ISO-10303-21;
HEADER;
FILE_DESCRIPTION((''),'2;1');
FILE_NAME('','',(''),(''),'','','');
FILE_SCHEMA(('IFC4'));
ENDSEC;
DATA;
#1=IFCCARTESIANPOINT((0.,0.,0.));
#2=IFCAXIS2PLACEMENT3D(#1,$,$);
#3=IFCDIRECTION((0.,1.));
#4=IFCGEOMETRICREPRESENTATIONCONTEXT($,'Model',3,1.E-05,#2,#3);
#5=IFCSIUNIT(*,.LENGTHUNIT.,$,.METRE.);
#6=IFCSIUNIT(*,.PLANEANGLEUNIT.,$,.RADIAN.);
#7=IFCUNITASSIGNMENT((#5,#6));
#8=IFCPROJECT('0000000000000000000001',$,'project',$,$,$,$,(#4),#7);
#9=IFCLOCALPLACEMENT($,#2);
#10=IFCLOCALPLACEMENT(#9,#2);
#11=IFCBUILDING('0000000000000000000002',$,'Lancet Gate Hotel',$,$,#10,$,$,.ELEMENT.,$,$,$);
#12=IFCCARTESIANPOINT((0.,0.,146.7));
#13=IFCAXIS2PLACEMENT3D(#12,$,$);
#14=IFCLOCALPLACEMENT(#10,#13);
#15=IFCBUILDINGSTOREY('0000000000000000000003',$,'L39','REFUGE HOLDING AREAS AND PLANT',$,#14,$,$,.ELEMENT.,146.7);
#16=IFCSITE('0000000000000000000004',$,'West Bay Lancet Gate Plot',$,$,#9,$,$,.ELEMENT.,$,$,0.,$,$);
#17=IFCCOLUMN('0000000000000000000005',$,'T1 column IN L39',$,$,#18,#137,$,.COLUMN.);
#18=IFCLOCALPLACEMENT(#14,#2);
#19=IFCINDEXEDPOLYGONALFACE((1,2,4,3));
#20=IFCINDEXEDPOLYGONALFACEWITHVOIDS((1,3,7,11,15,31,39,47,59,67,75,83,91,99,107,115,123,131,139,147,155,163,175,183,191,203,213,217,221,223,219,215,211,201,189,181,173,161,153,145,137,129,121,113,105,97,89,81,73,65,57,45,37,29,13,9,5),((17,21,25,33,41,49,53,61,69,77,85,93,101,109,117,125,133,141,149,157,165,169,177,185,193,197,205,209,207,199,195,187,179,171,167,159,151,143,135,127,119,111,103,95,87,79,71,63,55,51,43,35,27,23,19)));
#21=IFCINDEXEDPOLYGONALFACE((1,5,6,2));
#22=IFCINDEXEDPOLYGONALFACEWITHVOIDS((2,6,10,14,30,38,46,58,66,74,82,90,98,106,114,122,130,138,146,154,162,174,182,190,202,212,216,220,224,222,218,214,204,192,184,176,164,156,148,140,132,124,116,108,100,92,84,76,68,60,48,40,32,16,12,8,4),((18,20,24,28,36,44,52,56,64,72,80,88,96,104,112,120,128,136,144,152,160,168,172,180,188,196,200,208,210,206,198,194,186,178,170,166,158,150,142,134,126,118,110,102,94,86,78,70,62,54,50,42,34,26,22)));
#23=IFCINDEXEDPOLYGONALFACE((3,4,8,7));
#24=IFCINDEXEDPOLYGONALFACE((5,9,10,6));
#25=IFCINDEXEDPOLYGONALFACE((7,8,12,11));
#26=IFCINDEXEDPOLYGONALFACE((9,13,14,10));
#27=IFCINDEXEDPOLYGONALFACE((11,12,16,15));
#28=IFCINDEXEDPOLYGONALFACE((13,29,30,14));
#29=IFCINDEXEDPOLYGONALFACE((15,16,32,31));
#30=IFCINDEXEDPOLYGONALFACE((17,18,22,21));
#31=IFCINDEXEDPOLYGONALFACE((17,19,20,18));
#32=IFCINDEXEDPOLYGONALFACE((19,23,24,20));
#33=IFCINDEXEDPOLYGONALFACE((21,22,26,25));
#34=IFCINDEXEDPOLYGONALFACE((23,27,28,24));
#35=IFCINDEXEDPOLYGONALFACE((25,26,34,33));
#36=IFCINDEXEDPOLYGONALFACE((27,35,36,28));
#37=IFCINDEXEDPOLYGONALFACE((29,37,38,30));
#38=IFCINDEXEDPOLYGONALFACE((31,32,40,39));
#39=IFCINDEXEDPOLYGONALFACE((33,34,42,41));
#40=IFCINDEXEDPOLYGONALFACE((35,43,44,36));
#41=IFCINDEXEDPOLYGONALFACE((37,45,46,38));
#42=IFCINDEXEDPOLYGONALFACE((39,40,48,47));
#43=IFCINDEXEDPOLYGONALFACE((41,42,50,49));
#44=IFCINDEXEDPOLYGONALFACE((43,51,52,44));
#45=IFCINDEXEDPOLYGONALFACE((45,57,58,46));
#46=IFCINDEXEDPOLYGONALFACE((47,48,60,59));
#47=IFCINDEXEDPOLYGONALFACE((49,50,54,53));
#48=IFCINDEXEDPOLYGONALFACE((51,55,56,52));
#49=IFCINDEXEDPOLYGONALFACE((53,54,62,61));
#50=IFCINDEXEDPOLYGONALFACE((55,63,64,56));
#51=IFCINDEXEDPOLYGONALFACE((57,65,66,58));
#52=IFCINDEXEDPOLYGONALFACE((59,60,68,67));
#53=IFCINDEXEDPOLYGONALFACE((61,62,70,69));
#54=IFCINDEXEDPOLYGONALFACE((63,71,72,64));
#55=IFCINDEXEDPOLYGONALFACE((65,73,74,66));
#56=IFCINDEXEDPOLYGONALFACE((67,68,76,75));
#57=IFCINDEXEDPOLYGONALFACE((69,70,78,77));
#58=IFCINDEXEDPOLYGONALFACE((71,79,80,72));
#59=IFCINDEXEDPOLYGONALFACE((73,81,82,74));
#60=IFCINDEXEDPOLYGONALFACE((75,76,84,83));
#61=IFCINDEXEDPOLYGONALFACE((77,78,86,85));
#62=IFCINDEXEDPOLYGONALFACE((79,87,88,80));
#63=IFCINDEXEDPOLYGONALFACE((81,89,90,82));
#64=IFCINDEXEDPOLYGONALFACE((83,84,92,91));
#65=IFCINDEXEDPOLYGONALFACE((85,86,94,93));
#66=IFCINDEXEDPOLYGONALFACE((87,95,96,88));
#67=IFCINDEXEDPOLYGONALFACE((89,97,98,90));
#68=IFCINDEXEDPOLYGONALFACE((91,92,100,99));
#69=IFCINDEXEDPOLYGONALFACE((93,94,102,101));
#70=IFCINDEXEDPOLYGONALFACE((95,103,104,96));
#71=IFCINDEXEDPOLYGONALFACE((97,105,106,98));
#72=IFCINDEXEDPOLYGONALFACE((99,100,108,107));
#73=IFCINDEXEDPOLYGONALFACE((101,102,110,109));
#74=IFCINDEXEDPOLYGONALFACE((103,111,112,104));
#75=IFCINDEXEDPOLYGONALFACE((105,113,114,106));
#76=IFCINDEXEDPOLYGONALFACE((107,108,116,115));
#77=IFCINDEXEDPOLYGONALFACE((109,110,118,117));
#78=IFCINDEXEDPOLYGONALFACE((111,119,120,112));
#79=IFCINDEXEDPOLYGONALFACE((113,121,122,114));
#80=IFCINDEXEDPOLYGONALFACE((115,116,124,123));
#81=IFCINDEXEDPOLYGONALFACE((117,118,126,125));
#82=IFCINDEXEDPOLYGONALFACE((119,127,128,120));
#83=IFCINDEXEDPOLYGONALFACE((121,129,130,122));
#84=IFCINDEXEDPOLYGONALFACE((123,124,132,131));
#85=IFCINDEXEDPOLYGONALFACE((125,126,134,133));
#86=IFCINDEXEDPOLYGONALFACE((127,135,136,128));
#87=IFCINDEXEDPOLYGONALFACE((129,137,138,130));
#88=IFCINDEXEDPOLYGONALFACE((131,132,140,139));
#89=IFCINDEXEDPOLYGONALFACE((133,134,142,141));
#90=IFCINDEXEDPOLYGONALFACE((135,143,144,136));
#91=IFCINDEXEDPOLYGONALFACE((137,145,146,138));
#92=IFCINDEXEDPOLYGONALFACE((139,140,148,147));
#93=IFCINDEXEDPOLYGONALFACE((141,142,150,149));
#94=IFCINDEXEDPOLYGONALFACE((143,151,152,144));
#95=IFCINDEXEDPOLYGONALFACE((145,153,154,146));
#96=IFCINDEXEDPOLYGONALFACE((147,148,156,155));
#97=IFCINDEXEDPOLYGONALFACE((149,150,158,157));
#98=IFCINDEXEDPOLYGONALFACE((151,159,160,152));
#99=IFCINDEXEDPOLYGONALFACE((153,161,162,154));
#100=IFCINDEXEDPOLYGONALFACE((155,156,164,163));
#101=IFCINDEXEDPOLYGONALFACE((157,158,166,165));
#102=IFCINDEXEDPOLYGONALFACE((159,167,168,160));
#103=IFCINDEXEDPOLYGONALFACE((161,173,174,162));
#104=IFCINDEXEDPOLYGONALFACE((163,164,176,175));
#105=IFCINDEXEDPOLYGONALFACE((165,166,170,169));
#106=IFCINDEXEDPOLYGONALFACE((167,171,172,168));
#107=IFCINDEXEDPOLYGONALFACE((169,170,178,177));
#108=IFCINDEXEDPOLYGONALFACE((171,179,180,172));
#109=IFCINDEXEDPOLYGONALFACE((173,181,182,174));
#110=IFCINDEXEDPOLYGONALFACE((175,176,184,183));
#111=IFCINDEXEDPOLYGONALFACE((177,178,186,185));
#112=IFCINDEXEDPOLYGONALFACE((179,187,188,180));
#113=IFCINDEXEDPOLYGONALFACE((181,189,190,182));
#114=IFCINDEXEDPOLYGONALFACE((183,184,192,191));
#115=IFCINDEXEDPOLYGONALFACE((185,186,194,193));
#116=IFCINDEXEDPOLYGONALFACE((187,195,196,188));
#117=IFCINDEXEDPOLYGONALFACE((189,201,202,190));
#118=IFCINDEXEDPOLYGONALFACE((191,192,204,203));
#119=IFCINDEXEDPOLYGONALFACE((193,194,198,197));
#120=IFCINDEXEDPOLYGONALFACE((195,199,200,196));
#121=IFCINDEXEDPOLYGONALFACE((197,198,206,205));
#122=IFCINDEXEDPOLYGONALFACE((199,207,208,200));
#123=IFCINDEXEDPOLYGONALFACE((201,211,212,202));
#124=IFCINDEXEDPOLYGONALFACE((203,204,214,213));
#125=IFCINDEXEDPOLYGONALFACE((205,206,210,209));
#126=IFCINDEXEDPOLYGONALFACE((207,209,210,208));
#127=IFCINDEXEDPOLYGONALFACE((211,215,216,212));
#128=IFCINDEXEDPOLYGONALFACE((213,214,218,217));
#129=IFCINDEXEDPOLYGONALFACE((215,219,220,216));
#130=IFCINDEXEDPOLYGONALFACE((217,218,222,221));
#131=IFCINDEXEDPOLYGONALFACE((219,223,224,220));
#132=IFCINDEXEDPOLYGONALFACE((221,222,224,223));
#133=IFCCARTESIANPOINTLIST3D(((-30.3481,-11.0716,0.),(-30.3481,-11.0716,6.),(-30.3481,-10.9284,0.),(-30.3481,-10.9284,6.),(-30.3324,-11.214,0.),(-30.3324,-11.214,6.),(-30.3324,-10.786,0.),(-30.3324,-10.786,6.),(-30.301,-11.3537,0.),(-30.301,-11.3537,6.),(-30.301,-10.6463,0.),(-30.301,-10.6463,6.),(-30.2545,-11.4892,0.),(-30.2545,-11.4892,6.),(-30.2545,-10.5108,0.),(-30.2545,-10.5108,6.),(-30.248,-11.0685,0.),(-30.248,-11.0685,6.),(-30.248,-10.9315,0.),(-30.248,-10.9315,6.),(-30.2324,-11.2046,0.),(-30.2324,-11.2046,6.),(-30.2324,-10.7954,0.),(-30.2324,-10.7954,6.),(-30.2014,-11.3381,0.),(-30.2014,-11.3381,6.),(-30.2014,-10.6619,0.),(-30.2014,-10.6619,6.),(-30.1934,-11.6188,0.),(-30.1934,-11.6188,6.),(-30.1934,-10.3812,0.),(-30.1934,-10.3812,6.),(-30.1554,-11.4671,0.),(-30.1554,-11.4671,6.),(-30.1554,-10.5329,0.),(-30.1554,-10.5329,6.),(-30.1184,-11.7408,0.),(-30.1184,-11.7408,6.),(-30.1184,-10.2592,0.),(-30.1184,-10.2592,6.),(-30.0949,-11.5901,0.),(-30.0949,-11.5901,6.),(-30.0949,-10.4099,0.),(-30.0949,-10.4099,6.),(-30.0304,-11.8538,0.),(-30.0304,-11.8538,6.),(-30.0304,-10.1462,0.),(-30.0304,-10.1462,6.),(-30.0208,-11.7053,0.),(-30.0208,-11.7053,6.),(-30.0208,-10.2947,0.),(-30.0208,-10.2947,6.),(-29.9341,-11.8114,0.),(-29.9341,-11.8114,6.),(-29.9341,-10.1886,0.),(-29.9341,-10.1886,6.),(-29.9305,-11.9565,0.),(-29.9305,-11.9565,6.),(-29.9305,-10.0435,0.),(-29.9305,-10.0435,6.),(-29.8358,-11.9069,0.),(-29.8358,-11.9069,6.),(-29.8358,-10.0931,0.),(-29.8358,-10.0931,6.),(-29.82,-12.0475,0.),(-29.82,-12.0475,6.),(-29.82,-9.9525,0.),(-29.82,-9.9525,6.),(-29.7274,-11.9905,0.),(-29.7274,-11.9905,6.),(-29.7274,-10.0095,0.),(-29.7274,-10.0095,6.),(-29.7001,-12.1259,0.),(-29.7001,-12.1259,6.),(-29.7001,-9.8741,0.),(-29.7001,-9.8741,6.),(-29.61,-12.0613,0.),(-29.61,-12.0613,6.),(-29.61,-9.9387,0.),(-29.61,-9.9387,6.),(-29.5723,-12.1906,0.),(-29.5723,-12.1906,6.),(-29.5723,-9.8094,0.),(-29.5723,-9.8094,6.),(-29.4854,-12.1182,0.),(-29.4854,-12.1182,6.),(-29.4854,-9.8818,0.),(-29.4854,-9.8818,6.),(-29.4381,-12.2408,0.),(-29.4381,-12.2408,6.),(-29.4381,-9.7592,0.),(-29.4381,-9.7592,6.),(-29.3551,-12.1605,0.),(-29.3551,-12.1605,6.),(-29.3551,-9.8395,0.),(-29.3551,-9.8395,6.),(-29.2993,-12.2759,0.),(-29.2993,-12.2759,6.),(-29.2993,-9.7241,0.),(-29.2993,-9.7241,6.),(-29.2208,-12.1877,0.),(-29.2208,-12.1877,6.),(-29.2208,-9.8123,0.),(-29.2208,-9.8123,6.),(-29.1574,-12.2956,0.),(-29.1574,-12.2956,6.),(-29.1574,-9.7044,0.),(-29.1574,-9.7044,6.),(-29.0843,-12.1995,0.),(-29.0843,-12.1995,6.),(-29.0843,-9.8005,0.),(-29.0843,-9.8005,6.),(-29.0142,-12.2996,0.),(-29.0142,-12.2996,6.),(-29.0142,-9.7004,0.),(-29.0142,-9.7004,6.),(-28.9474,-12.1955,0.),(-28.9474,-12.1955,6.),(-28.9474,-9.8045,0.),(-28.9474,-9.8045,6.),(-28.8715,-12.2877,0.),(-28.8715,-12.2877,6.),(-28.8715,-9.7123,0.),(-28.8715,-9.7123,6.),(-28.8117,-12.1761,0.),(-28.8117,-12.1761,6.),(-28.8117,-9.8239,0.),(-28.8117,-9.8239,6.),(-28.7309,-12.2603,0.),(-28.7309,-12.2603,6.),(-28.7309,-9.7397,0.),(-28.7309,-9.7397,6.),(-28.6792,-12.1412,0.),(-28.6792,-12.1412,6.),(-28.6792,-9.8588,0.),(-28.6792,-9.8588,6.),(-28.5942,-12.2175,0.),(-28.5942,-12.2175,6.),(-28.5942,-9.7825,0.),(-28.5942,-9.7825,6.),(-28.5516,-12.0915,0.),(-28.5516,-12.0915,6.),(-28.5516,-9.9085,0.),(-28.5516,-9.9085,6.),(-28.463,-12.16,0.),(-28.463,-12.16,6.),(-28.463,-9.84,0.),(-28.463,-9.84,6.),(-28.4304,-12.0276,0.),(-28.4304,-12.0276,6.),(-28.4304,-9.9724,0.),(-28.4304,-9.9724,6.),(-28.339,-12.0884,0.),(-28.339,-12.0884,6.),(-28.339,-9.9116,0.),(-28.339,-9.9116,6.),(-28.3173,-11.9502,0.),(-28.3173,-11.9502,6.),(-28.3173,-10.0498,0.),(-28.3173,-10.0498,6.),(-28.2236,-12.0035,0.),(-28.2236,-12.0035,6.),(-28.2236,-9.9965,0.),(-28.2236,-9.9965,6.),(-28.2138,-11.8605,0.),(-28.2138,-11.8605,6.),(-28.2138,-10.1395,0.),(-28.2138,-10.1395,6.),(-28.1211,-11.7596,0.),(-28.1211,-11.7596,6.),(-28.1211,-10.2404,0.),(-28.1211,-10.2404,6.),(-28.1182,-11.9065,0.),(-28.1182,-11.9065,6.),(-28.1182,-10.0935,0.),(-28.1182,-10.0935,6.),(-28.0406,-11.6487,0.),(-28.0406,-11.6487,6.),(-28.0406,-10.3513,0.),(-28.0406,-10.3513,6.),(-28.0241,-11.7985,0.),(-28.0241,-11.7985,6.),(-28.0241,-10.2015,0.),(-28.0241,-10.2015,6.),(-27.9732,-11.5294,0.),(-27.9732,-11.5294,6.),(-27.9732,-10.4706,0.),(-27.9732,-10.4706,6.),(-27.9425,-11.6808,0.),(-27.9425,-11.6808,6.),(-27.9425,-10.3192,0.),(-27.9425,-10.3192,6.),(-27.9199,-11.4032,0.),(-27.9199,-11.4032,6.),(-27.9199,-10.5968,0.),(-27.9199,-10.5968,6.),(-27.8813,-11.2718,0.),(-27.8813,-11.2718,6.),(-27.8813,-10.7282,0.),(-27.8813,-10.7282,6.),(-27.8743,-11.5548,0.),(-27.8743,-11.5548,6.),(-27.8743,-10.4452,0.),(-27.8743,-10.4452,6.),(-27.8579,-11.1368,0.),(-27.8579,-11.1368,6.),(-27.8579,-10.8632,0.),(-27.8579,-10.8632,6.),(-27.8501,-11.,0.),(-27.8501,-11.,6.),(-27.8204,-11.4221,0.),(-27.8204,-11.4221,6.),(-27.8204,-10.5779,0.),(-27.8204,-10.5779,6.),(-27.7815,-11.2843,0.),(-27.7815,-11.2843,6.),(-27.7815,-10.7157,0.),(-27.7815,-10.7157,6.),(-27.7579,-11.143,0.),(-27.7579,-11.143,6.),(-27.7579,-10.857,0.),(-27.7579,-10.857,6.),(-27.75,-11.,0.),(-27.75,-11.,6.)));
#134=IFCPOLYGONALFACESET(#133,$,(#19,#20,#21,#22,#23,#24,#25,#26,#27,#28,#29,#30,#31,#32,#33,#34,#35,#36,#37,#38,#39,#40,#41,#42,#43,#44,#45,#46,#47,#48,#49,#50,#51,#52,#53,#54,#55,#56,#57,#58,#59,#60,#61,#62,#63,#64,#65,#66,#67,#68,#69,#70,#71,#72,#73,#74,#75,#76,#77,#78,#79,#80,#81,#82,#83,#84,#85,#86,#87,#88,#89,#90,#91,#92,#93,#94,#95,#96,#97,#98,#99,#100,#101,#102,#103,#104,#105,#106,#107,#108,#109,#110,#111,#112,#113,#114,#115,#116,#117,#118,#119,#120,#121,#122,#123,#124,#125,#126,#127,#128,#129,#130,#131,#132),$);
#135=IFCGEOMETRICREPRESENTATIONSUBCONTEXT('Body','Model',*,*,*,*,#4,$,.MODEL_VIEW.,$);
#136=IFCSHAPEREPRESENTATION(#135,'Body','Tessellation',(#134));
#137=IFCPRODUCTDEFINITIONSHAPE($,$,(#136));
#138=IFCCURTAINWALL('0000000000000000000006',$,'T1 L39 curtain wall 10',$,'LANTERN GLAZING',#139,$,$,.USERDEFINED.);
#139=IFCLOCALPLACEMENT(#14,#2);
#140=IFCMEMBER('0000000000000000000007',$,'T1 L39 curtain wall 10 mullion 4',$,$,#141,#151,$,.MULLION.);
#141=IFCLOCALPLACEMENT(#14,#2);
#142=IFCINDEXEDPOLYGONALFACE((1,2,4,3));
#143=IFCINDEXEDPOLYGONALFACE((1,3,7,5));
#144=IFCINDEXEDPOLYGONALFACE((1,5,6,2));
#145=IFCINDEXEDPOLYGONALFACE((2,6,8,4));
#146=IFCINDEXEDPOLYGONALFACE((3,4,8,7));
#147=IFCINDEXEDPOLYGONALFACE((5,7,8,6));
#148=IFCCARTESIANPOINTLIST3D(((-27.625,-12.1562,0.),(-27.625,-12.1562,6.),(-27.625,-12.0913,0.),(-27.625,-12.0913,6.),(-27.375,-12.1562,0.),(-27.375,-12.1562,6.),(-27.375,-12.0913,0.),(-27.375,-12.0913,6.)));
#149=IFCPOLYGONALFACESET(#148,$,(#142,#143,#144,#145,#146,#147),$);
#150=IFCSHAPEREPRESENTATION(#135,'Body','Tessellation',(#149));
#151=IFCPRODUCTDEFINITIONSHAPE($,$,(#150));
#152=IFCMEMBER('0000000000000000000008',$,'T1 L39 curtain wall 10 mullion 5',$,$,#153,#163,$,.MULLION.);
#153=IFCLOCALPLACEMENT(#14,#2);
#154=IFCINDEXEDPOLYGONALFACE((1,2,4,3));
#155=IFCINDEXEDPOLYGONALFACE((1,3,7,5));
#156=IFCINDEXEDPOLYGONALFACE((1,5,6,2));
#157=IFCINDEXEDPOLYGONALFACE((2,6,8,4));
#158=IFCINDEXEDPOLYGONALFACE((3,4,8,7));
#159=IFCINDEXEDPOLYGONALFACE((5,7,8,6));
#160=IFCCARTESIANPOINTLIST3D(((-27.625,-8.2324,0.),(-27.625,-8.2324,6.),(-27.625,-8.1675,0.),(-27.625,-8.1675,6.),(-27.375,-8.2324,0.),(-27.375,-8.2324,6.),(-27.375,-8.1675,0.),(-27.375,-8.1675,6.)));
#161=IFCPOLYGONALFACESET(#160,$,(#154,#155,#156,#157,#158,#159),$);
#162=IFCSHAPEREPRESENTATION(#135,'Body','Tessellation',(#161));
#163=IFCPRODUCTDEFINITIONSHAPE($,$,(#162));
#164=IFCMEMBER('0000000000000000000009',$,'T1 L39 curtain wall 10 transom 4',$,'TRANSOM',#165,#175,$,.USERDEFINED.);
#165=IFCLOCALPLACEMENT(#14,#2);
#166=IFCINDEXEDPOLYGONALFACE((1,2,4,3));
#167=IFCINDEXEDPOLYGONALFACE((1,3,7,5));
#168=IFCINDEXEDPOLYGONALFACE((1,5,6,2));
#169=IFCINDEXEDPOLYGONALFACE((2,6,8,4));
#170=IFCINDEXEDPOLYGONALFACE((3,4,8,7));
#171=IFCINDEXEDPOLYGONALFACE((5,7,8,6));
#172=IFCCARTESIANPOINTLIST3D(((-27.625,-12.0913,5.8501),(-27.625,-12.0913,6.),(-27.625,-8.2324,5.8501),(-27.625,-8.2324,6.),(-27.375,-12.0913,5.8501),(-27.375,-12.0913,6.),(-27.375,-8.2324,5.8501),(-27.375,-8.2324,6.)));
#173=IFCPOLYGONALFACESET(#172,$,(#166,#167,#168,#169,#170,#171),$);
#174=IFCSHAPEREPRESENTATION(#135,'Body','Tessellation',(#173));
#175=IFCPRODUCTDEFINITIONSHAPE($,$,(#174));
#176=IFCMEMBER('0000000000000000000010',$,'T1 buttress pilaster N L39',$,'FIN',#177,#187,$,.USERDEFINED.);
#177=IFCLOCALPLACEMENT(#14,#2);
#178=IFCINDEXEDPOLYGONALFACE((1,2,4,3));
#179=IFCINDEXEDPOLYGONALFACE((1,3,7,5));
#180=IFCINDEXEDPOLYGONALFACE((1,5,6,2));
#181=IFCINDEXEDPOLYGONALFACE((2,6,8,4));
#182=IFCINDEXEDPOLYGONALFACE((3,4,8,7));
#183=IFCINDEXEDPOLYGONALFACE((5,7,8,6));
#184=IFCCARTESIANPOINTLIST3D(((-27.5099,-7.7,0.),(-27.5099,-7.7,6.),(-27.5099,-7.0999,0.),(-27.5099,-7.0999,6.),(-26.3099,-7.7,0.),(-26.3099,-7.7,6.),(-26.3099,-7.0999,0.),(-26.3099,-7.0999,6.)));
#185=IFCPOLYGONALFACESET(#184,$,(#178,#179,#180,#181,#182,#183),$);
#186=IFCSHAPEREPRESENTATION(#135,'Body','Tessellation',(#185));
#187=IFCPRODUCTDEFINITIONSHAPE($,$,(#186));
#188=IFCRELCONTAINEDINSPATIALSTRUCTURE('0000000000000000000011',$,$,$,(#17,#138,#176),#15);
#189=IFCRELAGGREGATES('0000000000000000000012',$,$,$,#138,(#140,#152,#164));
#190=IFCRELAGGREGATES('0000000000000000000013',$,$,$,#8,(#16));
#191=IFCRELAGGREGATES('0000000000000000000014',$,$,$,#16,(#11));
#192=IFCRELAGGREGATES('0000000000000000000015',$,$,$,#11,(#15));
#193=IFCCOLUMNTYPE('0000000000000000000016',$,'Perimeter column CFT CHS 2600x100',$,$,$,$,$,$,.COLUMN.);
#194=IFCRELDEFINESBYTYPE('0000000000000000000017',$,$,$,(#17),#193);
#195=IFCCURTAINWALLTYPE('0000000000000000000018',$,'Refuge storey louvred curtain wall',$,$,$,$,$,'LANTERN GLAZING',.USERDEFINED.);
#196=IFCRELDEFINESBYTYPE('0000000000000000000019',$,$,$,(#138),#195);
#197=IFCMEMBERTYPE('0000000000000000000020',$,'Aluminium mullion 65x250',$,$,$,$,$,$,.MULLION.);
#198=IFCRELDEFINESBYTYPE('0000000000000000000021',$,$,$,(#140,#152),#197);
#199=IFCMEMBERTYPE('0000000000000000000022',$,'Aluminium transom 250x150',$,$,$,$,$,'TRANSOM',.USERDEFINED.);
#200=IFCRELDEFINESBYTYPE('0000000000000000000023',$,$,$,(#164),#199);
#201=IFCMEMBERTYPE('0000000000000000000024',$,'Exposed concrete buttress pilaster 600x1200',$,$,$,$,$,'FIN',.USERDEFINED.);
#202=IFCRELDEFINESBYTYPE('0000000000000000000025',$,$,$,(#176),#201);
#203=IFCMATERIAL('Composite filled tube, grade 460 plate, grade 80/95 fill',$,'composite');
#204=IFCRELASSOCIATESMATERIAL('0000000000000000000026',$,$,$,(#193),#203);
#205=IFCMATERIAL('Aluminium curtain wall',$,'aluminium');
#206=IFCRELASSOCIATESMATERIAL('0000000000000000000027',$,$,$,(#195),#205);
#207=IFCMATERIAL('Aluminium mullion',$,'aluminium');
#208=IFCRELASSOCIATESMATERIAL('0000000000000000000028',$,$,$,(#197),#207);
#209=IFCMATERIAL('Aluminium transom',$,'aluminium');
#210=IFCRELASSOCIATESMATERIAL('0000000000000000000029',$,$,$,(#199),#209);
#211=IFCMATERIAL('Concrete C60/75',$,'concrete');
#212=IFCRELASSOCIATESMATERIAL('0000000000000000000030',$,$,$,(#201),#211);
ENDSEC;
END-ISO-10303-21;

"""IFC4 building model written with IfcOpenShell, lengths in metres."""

from ifc_helpers import new_model, si_unit, direction, frame, origin, origin_2d, place, context, subcontext, project, spatial, rectangle, hollow_circle, extrude, material, material_profile, profile_set, type_object, element, aggregate, save


model = new_model("IFC4")

# Units and contexts
model_context = context("Model", 3, precision=1e-05, world=origin(), true_north=direction((0.0, 1.0)))
body_context = subcontext(model_context, "Body", "Model", "MODEL_VIEW")
ifc_project = project(units=[si_unit("LENGTHUNIT", "METRE"), si_unit("PLANEANGLEUNIT", "RADIAN")], contexts=[model_context])

# Site, building, storey
site_placement = place(None, origin())
site = spatial("IfcSite", under=ifc_project, at=site_placement, Name="West Bay Lancet Gate Plot", CompositionType="ELEMENT", RefElevation=0.0)
building_placement = place(site_placement, origin())
building = spatial("IfcBuilding", under=site, at=building_placement, Name="Lancet Gate Hotel", CompositionType="ELEMENT")
storey_placement = place(building_placement, frame((0.0, 0.0, 146.7)))
storey = spatial("IfcBuildingStorey", under=building, at=storey_placement, Name="L39", Description="REFUGE HOLDING AREAS AND PLANT", CompositionType="ELEMENT", Elevation=146.7)

# Column
ifc_material_1 = material(Name="Composite filled tube, grade 460 plate, grade 80/95 fill", Category="composite")
ifc_material_profile_1 = material_profile(ifc_material_1, hollow_circle(Radius=1.3, WallThickness=0.1001, at=origin_2d()), Name="CHS 2600x100")
ifc_profile_set_1 = profile_set([ifc_material_profile_1], Name="Composite filled tube, grade 460 plate, grade 80/95 fill")
column_type = type_object("IfcColumnType", Name="Perimeter column CFT CHS 2600x100", PredefinedType="COLUMN", material=ifc_profile_set_1)
column_placement = place(storey_placement, frame((-29.05, -11.0, 0.0), z_axis=(0.0, 0.0, 1.0), x_axis=(1.0, 0.0, 0.0)))
element("IfcColumn", 1, at=column_placement, inside=storey, type_object=column_type, Name="T1 column IN L39", PredefinedType="COLUMN", context=body_context, shape_type="SweptSolid", body=[
    extrude(hollow_circle(Radius=1.3, WallThickness=0.1001, at=origin_2d()), origin(), (0.0, 0.0, 1.0), 6.0),
])

# Curtain wall, members
ifc_material_2 = material(Name="Aluminium curtain wall", Category="aluminium")
curtain_wall_type = type_object("IfcCurtainWallType", Name="Refuge storey louvred curtain wall", ElementType="LANTERN GLAZING", PredefinedType="USERDEFINED", material=ifc_material_2)
curtain_wall_placement = place(storey_placement, origin())
curtain_wall = element("IfcCurtainWall", 2, at=curtain_wall_placement, inside=storey, type_object=curtain_wall_type, Name="T1 L39 curtain wall 10", ObjectType="LANTERN GLAZING", PredefinedType="USERDEFINED")
ifc_material_3 = material(Name="Aluminium mullion", Category="aluminium")
ifc_material_profile_2 = material_profile(ifc_material_3, rectangle(XDim=0.0649, YDim=0.25, at=origin_2d()), Name="MULLION 65x250")
ifc_profile_set_2 = profile_set([ifc_material_profile_2], Name="Aluminium mullion")
member_type_1 = type_object("IfcMemberType", Name="Aluminium mullion 65x250", PredefinedType="MULLION", material=ifc_profile_set_2)
member_1_placement = place(storey_placement, frame((-27.5, -12.1238, 0.0), z_axis=(0.0, 0.0, 1.0), x_axis=(0.0, 1.0, 0.0)))
member_1 = element("IfcMember", 3, at=member_1_placement, type_object=member_type_1, Name="T1 L39 curtain wall 10 mullion 4", PredefinedType="MULLION", context=body_context, shape_type="SweptSolid", body=[
    extrude(rectangle(XDim=0.0649, YDim=0.25, at=origin_2d()), origin(), (0.0, 0.0, 1.0), 6.0),
])
member_2_placement = place(storey_placement, frame((-27.5, -8.2, 0.0), z_axis=(0.0, 0.0, 1.0), x_axis=(0.0, 1.0, 0.0)))
member_2 = element("IfcMember", 4, at=member_2_placement, type_object=member_type_1, Name="T1 L39 curtain wall 10 mullion 5", PredefinedType="MULLION", context=body_context, shape_type="SweptSolid", body=[
    extrude(rectangle(XDim=0.0649, YDim=0.25, at=origin_2d()), origin(), (0.0, 0.0, 1.0), 6.0),
])
ifc_material_4 = material(Name="Aluminium transom", Category="aluminium")
ifc_material_profile_3 = material_profile(ifc_material_4, rectangle(XDim=0.25, YDim=0.1499, at=origin_2d()), Name="TRANSOM 250x150")
ifc_profile_set_3 = profile_set([ifc_material_profile_3], Name="Aluminium transom")
member_type_2 = type_object("IfcMemberType", Name="Aluminium transom 250x150", ElementType="TRANSOM", PredefinedType="USERDEFINED", material=ifc_profile_set_3)
member_3_placement = place(storey_placement, frame((-27.5, -12.0913, 5.925), z_axis=(0.0, 1.0, 0.0), x_axis=(-1.0, 0.0, 0.0)))
member_3 = element("IfcMember", 5, at=member_3_placement, type_object=member_type_2, Name="T1 L39 curtain wall 10 transom 4", ObjectType="TRANSOM", PredefinedType="USERDEFINED", context=body_context, shape_type="SweptSolid", body=[
    extrude(rectangle(XDim=0.25, YDim=0.1499, at=origin_2d()), origin(), (0.0, 0.0, 1.0), 3.8589),
])

# Member
ifc_material_5 = material(Name="Concrete C60/75", Category="concrete")
ifc_material_profile_4 = material_profile(ifc_material_5, rectangle(XDim=0.6001, YDim=1.2, at=origin_2d()), Name="FIN 600x1200")
ifc_profile_set_4 = profile_set([ifc_material_profile_4], Name="Concrete C60/75")
member_type_3 = type_object("IfcMemberType", Name="Exposed concrete buttress pilaster 600x1200", ElementType="FIN", PredefinedType="USERDEFINED", material=ifc_profile_set_4)
member_4_placement = place(storey_placement, frame((-26.9099, -7.3999, 0.0), z_axis=(0.0, 0.0, 1.0), x_axis=(0.0, 1.0, 0.0)))
element("IfcMember", 6, at=member_4_placement, inside=storey, type_object=member_type_3, Name="T1 buttress pilaster N L39", ObjectType="FIN", PredefinedType="USERDEFINED", context=body_context, shape_type="SweptSolid", body=[
    extrude(rectangle(XDim=0.6001, YDim=1.2, at=origin_2d()), origin(), (0.0, 0.0, 1.0), 6.0),
])

aggregate(curtain_wall, [member_1, member_2, member_3])

save(model, "model.ifc")
